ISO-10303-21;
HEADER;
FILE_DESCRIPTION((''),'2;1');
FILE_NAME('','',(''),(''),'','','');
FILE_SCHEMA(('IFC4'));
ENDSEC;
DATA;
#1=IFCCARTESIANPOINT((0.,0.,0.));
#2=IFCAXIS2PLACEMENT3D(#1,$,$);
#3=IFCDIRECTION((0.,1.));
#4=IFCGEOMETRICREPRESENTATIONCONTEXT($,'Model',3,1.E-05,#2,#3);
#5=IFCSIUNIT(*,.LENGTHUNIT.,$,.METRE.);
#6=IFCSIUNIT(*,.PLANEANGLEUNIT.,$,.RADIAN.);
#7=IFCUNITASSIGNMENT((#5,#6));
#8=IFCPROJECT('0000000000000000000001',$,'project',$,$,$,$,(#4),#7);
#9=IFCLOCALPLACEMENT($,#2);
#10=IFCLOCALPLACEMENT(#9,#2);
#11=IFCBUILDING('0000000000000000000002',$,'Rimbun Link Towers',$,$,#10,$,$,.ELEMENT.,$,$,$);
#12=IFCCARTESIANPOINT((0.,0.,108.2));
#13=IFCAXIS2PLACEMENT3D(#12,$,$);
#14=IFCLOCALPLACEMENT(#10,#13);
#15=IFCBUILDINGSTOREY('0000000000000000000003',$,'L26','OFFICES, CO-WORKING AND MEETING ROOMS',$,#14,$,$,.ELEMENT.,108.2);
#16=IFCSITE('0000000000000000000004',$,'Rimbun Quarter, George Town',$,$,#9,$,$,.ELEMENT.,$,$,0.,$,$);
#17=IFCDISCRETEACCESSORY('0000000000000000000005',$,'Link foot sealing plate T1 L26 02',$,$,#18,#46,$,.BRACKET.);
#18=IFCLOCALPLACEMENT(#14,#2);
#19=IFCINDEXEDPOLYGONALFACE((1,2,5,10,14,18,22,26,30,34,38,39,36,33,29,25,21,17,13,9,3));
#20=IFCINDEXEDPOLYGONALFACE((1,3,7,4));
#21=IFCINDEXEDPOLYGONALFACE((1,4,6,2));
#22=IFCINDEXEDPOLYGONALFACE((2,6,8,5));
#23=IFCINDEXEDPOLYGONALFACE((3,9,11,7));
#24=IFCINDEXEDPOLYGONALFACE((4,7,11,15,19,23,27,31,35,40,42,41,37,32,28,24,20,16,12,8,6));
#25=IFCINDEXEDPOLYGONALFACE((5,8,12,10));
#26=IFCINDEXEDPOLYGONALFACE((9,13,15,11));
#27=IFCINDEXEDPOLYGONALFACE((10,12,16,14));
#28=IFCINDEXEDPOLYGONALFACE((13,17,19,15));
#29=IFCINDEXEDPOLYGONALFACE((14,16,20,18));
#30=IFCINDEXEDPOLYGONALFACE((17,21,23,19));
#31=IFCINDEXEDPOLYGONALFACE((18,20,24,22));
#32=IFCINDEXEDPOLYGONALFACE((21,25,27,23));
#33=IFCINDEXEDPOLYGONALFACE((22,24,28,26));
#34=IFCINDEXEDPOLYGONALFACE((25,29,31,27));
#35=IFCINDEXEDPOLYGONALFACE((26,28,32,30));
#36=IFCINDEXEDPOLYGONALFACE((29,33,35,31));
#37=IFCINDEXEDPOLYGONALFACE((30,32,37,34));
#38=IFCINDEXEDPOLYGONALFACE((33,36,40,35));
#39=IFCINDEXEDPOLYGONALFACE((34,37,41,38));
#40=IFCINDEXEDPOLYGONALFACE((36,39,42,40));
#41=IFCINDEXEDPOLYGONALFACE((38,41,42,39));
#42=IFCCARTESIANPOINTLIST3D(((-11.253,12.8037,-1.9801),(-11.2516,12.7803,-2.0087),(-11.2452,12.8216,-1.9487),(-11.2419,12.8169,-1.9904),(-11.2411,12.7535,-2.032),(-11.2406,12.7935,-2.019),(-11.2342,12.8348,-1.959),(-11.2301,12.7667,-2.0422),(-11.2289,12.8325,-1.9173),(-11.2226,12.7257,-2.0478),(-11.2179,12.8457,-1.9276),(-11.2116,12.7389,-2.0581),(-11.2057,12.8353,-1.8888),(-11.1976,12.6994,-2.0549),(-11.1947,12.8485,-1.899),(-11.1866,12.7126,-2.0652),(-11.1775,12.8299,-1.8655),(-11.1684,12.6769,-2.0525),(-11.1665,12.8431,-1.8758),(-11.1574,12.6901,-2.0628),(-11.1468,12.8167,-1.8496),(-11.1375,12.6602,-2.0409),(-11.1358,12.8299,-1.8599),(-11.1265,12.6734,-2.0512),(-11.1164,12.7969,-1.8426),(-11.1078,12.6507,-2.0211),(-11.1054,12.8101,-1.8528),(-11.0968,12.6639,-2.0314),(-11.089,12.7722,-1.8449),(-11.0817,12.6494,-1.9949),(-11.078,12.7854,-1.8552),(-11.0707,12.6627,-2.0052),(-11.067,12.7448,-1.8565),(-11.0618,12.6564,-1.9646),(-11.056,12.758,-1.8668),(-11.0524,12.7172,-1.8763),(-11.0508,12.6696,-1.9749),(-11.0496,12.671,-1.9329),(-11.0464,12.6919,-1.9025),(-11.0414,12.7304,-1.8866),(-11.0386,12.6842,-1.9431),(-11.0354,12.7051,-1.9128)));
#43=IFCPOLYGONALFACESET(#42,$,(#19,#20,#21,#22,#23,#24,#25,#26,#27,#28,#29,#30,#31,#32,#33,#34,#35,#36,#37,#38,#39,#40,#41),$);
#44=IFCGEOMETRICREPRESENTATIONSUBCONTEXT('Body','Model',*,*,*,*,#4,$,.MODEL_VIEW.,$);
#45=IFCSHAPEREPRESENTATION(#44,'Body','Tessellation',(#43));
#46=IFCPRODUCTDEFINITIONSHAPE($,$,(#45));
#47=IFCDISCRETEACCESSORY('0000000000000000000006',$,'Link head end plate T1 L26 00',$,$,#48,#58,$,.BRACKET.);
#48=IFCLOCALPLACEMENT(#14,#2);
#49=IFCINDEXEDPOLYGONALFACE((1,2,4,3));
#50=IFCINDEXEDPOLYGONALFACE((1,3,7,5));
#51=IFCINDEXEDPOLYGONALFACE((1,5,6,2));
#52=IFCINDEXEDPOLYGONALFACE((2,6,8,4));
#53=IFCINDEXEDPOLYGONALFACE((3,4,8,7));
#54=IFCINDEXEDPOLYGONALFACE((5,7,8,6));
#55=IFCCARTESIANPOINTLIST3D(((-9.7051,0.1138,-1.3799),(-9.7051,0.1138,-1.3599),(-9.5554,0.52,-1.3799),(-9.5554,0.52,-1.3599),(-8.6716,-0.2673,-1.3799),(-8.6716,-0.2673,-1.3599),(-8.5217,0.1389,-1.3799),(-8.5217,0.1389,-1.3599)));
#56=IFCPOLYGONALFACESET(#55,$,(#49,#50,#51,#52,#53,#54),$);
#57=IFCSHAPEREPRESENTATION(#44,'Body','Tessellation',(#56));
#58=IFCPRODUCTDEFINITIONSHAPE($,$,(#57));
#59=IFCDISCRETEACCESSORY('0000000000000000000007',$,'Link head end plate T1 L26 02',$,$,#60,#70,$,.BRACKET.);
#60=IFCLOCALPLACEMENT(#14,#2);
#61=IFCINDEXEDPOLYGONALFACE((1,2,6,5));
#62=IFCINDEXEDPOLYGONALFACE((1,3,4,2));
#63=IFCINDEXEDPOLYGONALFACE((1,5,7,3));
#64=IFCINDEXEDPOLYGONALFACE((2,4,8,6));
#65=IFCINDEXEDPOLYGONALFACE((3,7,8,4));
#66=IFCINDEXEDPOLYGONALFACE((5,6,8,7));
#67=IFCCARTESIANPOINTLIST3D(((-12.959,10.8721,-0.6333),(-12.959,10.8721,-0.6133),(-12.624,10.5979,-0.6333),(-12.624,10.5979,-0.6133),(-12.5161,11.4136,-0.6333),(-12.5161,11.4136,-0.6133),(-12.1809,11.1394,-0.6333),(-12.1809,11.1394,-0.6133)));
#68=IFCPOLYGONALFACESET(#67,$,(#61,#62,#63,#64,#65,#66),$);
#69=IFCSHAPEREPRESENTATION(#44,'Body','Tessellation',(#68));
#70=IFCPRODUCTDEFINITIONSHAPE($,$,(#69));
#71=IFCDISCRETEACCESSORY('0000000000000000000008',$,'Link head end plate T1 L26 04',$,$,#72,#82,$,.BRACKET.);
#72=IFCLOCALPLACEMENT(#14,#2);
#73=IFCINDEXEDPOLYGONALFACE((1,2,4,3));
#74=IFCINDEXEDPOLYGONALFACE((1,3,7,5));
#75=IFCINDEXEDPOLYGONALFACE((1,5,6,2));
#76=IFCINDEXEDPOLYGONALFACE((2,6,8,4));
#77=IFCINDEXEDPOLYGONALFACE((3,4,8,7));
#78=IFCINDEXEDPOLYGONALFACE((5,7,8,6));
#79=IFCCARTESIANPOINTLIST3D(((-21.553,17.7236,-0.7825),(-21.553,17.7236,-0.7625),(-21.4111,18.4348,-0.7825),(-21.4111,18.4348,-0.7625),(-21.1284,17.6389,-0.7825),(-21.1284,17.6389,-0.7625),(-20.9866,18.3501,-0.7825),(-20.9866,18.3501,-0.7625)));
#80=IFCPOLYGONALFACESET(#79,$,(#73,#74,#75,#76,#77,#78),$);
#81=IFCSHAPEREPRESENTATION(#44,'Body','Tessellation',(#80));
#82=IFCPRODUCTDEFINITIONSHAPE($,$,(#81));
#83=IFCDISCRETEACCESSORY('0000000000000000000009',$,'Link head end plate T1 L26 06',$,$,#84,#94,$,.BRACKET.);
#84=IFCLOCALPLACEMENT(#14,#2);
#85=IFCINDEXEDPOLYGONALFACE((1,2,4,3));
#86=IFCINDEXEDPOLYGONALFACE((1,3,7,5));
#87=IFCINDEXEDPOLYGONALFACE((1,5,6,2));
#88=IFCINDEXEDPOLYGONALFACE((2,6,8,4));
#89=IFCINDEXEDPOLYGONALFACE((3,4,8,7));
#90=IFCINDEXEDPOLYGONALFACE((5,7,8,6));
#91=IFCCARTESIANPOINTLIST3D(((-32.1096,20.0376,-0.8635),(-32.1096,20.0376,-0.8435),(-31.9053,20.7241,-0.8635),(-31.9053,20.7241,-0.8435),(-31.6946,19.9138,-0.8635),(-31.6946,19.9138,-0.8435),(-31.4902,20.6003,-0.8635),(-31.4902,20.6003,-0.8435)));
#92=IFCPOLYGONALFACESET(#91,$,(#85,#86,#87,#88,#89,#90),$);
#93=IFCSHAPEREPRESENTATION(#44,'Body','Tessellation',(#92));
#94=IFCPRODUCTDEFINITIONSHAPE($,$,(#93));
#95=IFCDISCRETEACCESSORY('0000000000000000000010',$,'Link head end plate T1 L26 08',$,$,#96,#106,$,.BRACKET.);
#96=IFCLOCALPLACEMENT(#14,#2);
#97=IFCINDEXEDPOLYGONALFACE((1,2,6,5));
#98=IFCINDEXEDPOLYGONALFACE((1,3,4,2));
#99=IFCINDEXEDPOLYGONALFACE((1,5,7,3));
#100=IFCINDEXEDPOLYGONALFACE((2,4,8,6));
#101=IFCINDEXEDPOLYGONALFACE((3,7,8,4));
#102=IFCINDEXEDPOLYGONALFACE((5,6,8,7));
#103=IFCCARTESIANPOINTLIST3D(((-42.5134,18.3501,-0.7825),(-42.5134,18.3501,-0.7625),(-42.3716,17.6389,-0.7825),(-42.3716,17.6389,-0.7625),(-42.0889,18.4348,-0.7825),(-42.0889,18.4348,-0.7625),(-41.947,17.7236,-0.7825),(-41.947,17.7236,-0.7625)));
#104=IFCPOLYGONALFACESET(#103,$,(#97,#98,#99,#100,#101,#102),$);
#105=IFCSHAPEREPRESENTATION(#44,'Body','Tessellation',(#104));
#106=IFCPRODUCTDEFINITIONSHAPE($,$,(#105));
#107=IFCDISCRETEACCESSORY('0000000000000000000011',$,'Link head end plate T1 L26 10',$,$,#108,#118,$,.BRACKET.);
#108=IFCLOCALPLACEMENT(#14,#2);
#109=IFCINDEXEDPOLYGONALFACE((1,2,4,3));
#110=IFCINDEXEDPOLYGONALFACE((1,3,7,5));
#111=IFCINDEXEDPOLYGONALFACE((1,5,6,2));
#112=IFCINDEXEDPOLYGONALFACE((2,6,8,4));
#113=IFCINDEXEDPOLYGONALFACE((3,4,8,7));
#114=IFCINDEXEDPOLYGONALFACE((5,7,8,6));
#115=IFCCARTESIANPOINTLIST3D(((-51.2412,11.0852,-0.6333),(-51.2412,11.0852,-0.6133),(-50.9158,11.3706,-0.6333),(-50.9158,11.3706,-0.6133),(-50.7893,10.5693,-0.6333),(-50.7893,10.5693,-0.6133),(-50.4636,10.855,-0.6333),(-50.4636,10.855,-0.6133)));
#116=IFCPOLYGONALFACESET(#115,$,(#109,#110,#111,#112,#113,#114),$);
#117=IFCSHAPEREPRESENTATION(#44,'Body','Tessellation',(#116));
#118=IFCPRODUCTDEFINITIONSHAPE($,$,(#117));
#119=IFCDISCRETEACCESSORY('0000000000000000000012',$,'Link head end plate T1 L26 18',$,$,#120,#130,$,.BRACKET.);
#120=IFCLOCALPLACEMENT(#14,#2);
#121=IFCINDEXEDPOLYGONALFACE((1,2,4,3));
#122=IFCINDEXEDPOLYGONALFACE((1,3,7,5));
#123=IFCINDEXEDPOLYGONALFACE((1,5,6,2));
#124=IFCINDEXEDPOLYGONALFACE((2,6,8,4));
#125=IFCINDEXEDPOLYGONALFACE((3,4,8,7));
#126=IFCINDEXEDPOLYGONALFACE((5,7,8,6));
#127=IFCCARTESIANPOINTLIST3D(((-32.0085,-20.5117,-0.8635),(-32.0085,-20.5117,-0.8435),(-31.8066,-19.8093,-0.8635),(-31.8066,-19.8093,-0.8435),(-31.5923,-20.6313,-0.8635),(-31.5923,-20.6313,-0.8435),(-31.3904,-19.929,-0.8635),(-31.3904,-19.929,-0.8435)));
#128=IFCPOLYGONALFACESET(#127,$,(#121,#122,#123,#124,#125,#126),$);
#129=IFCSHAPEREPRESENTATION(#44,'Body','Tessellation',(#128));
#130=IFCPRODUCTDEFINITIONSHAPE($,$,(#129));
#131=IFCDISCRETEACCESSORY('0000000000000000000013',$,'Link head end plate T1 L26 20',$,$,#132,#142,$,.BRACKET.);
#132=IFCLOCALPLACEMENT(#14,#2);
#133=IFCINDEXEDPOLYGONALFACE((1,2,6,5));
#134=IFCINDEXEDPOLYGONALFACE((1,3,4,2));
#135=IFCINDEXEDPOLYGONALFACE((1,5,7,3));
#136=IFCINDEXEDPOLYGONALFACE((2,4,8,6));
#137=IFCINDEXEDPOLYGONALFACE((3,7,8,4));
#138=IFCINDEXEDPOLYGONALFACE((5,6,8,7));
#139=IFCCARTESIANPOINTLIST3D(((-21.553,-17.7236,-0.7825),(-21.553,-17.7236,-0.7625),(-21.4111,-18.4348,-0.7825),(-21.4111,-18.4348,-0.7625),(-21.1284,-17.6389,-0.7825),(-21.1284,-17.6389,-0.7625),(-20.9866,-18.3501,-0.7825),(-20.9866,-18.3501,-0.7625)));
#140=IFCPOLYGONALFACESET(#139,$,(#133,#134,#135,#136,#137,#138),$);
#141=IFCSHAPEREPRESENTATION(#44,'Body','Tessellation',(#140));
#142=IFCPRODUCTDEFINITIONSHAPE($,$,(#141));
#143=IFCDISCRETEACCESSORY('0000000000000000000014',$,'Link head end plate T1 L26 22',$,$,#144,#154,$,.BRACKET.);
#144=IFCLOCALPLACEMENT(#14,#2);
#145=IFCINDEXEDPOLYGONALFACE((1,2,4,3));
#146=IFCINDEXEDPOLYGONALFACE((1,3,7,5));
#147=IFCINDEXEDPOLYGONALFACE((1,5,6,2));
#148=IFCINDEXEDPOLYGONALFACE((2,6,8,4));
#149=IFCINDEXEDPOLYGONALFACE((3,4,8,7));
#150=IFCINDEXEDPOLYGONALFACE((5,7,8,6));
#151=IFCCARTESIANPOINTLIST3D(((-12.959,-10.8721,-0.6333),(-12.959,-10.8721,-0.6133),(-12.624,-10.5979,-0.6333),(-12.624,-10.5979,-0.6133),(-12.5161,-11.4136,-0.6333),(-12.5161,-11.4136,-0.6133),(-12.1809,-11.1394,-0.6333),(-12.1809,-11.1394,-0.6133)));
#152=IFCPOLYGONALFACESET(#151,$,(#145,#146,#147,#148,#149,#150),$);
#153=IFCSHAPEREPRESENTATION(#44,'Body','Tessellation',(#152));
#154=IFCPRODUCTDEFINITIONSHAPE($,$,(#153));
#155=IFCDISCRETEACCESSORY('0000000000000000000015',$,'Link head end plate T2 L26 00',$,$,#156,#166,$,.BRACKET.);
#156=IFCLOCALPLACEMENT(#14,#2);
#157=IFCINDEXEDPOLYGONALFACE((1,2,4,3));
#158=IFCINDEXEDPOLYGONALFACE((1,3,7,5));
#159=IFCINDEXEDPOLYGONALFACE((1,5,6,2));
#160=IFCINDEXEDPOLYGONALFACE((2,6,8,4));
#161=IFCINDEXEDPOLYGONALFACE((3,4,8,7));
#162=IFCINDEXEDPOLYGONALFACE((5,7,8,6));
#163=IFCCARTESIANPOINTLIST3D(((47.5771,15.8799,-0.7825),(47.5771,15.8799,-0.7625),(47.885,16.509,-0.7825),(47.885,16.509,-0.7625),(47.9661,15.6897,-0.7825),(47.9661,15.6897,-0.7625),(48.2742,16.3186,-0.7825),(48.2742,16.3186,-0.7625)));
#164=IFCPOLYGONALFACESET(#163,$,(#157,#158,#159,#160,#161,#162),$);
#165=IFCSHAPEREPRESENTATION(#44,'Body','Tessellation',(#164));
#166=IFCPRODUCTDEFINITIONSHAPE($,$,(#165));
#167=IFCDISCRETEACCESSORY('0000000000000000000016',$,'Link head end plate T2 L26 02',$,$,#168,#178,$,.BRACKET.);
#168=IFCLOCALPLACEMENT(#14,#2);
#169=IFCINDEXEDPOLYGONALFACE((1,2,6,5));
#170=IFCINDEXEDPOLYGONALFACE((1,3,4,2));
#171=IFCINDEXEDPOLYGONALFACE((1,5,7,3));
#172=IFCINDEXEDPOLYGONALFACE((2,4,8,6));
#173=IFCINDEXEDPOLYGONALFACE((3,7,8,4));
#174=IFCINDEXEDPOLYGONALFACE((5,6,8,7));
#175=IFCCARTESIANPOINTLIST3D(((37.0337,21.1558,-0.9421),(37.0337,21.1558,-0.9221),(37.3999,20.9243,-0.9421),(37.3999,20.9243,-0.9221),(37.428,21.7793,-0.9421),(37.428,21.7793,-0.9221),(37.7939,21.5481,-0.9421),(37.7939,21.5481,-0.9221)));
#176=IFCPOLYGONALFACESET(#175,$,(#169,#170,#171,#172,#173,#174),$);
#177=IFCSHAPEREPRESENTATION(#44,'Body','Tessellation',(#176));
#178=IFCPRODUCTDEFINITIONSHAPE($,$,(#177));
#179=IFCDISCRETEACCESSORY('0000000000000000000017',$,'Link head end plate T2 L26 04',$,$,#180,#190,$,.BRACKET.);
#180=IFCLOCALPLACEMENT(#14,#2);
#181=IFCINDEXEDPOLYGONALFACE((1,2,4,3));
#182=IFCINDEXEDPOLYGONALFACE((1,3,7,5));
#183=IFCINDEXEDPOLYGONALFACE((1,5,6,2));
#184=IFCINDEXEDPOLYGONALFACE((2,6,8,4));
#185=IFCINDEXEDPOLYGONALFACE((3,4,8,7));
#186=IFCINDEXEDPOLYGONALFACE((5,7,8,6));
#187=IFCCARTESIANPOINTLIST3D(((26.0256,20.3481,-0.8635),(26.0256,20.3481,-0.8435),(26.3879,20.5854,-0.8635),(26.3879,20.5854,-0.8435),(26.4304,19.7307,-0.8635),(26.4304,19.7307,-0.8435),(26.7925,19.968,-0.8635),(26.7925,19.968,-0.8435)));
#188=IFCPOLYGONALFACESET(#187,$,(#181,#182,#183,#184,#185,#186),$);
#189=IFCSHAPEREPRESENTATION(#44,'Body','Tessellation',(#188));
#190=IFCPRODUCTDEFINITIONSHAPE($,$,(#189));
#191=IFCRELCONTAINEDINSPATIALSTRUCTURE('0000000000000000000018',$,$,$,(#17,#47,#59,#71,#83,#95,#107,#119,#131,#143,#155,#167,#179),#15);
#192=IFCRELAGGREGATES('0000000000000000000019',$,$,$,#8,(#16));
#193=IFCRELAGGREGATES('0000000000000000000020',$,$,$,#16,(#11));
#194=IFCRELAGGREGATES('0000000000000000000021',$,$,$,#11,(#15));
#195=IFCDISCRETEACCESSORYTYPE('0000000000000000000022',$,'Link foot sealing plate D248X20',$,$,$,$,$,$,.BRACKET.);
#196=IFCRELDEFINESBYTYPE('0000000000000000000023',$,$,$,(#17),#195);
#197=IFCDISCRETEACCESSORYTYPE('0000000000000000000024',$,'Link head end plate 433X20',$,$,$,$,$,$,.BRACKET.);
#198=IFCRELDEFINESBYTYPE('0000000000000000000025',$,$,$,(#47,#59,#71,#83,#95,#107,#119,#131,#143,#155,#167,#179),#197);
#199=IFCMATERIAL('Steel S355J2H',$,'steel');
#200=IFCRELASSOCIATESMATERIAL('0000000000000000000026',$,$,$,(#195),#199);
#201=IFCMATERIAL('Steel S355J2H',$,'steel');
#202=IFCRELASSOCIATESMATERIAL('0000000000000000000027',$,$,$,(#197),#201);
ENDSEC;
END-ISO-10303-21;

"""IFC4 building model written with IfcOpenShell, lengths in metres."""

from ifc_helpers import new_model, si_unit, direction, frame, origin, origin_2d, place, context, subcontext, project, spatial, polyline, rectangle, circle, outline, extrude, material, material_profile, profile_set, type_object, element, save


model = new_model("IFC4")

# Units and contexts
model_context = context("Model", 3, precision=1e-05, world=origin(), true_north=direction((0.0, 1.0)))
body_context = subcontext(model_context, "Body", "Model", "MODEL_VIEW")
ifc_project = project(units=[si_unit("LENGTHUNIT", "METRE"), si_unit("PLANEANGLEUNIT", "RADIAN")], contexts=[model_context])

# Site, building, storey
site_placement = place(None, origin())
site = spatial("IfcSite", under=ifc_project, at=site_placement, Name="Rimbun Quarter, George Town", CompositionType="ELEMENT", RefElevation=0.0)
building_placement = place(site_placement, origin())
building = spatial("IfcBuilding", under=site, at=building_placement, Name="Rimbun Link Towers", CompositionType="ELEMENT")
storey_placement = place(building_placement, frame((0.0, 0.0, 108.2)))
storey = spatial("IfcBuildingStorey", under=building, at=storey_placement, Name="L26", Description="OFFICES, CO-WORKING AND MEETING ROOMS", CompositionType="ELEMENT", Elevation=108.2)

# Discrete accessories
ifc_material_1 = material(Name="Steel S355J2H", Category="steel")
ifc_material_profile_1 = material_profile(ifc_material_1, circle(Radius=0.124, at=origin_2d()), Name="PL D248")
ifc_profile_set_1 = profile_set([ifc_material_profile_1], Name="Steel S355J2H")
discrete_accessory_type_1 = type_object("IfcDiscreteAccessoryType", Name="Link foot sealing plate D248X20", PredefinedType="BRACKET", material=ifc_profile_set_1)
discrete_accessory_1_placement = place(storey_placement, frame((-11.1499, 12.7422, -1.9487), z_axis=(0.549557, 0.659469, -0.51292), x_axis=(-0.768221, 0.640184, 0.0)))
element("IfcDiscreteAccessory", 1, at=discrete_accessory_1_placement, inside=storey, type_object=discrete_accessory_type_1, Name="Link foot sealing plate T1 L26 02", PredefinedType="BRACKET", context=body_context, shape_type="SweptSolid", body=[
    extrude(circle(Radius=0.124, at=origin_2d()), origin(), (0.0, 0.0, 1.0), 0.02),
])
ifc_material_2 = material(Name="Steel S355J2H", Category="steel")
ifc_material_profile_2 = material_profile(ifc_material_2, rectangle(XDim=0.4331, YDim=0.4331, at=origin_2d()), Name="PL 433x433")
ifc_profile_set_2 = profile_set([ifc_material_profile_2], Name="Steel S355J2H")
discrete_accessory_type_2 = type_object("IfcDiscreteAccessoryType", Name="Link head end plate 433X20", PredefinedType="BRACKET", material=ifc_profile_set_2)
discrete_accessory_2_placement = place(storey_placement, frame((0.0, 0.0, -1.3799)))
element("IfcDiscreteAccessory", 2, at=discrete_accessory_2_placement, inside=storey, type_object=discrete_accessory_type_2, Name="Link head end plate T1 L26 00", PredefinedType="BRACKET", context=body_context, shape_type="SweptSolid", body=[
    extrude(outline(polyline([(-9.7051, 0.1138), (-8.6716, -0.2673), (-8.5217, 0.1389), (-9.5554, 0.52), (-9.7051, 0.1138)])), origin(), (0.0, 0.0, 1.0), 0.02),
])
discrete_accessory_3_placement = place(storey_placement, frame((0.0, 0.0, -0.6333)))
element("IfcDiscreteAccessory", 3, at=discrete_accessory_3_placement, inside=storey, type_object=discrete_accessory_type_2, Name="Link head end plate T1 L26 02", PredefinedType="BRACKET", context=body_context, shape_type="SweptSolid", body=[
    extrude(outline(polyline([(-12.624, 10.5979), (-12.1809, 11.1394), (-12.5161, 11.4136), (-12.959, 10.8721), (-12.624, 10.5979)])), origin(), (0.0, 0.0, 1.0), 0.02),
])
discrete_accessory_4_placement = place(storey_placement, frame((0.0, 0.0, -0.7825)))
element("IfcDiscreteAccessory", 4, at=discrete_accessory_4_placement, inside=storey, type_object=discrete_accessory_type_2, Name="Link head end plate T1 L26 04", PredefinedType="BRACKET", context=body_context, shape_type="SweptSolid", body=[
    extrude(outline(polyline([(-21.1284, 17.6389), (-20.9866, 18.3501), (-21.4111, 18.4348), (-21.553, 17.7236), (-21.1284, 17.6389)])), origin(), (0.0, 0.0, 1.0), 0.02),
])
discrete_accessory_5_placement = place(storey_placement, frame((0.0, 0.0, -0.8635)))
element("IfcDiscreteAccessory", 5, at=discrete_accessory_5_placement, inside=storey, type_object=discrete_accessory_type_2, Name="Link head end plate T1 L26 06", PredefinedType="BRACKET", context=body_context, shape_type="SweptSolid", body=[
    extrude(outline(polyline([(-31.6946, 19.9138), (-31.4902, 20.6003), (-31.9053, 20.7241), (-32.1096, 20.0376), (-31.6946, 19.9138)])), origin(), (0.0, 0.0, 1.0), 0.02),
])
discrete_accessory_6_placement = place(storey_placement, frame((0.0, 0.0, -0.7825)))
element("IfcDiscreteAccessory", 6, at=discrete_accessory_6_placement, inside=storey, type_object=discrete_accessory_type_2, Name="Link head end plate T1 L26 08", PredefinedType="BRACKET", context=body_context, shape_type="SweptSolid", body=[
    extrude(outline(polyline([(-41.947, 17.7236), (-42.0889, 18.4348), (-42.5134, 18.3501), (-42.3716, 17.6389), (-41.947, 17.7236)])), origin(), (0.0, 0.0, 1.0), 0.02),
])
discrete_accessory_7_placement = place(storey_placement, frame((0.0, 0.0, -0.6333)))
element("IfcDiscreteAccessory", 7, at=discrete_accessory_7_placement, inside=storey, type_object=discrete_accessory_type_2, Name="Link head end plate T1 L26 10", PredefinedType="BRACKET", context=body_context, shape_type="SweptSolid", body=[
    extrude(outline(polyline([(-50.4636, 10.855), (-50.9158, 11.3706), (-51.2412, 11.0852), (-50.7893, 10.5693), (-50.4636, 10.855)])), origin(), (0.0, 0.0, 1.0), 0.02),
])
discrete_accessory_8_placement = place(storey_placement, frame((0.0, 0.0, -0.8635)))
element("IfcDiscreteAccessory", 8, at=discrete_accessory_8_placement, inside=storey, type_object=discrete_accessory_type_2, Name="Link head end plate T1 L26 18", PredefinedType="BRACKET", context=body_context, shape_type="SweptSolid", body=[
    extrude(outline(polyline([(-31.8066, -19.8093), (-32.0085, -20.5117), (-31.5923, -20.6313), (-31.3904, -19.929), (-31.8066, -19.8093)])), origin(), (0.0, 0.0, 1.0), 0.02),
])
discrete_accessory_9_placement = place(storey_placement, frame((0.0, 0.0, -0.7825)))
element("IfcDiscreteAccessory", 9, at=discrete_accessory_9_placement, inside=storey, type_object=discrete_accessory_type_2, Name="Link head end plate T1 L26 20", PredefinedType="BRACKET", context=body_context, shape_type="SweptSolid", body=[
    extrude(outline(polyline([(-21.553, -17.7236), (-21.4111, -18.4348), (-20.9866, -18.3501), (-21.1284, -17.6389), (-21.553, -17.7236)])), origin(), (0.0, 0.0, 1.0), 0.02),
])
discrete_accessory_10_placement = place(storey_placement, frame((0.0, 0.0, -0.6333)))
element("IfcDiscreteAccessory", 10, at=discrete_accessory_10_placement, inside=storey, type_object=discrete_accessory_type_2, Name="Link head end plate T1 L26 22", PredefinedType="BRACKET", context=body_context, shape_type="SweptSolid", body=[
    extrude(outline(polyline([(-12.959, -10.8721), (-12.5161, -11.4136), (-12.1809, -11.1394), (-12.624, -10.5979), (-12.959, -10.8721)])), origin(), (0.0, 0.0, 1.0), 0.02),
])
discrete_accessory_11_placement = place(storey_placement, frame((0.0, 0.0, -0.7825)))
element("IfcDiscreteAccessory", 11, at=discrete_accessory_11_placement, inside=storey, type_object=discrete_accessory_type_2, Name="Link head end plate T2 L26 00", PredefinedType="BRACKET", context=body_context, shape_type="SweptSolid", body=[
    extrude(outline(polyline([(47.9661, 15.6897), (48.2742, 16.3186), (47.885, 16.509), (47.5771, 15.8799), (47.9661, 15.6897)])), origin(), (0.0, 0.0, 1.0), 0.02),
])
discrete_accessory_12_placement = place(storey_placement, frame((0.0, 0.0, -0.9421)))
element("IfcDiscreteAccessory", 12, at=discrete_accessory_12_placement, inside=storey, type_object=discrete_accessory_type_2, Name="Link head end plate T2 L26 02", PredefinedType="BRACKET", context=body_context, shape_type="SweptSolid", body=[
    extrude(outline(polyline([(37.3999, 20.9243), (37.7939, 21.5481), (37.428, 21.7793), (37.0337, 21.1558), (37.3999, 20.9243)])), origin(), (0.0, 0.0, 1.0), 0.02),
])
discrete_accessory_13_placement = place(storey_placement, frame((0.0, 0.0, -0.8635)))
element("IfcDiscreteAccessory", 13, at=discrete_accessory_13_placement, inside=storey, type_object=discrete_accessory_type_2, Name="Link head end plate T2 L26 04", PredefinedType="BRACKET", context=body_context, shape_type="SweptSolid", body=[
    extrude(outline(polyline([(26.7925, 19.968), (26.3879, 20.5854), (26.0256, 20.3481), (26.4304, 19.7307), (26.7925, 19.968)])), origin(), (0.0, 0.0, 1.0), 0.02),
])

save(model, "model.ifc")
